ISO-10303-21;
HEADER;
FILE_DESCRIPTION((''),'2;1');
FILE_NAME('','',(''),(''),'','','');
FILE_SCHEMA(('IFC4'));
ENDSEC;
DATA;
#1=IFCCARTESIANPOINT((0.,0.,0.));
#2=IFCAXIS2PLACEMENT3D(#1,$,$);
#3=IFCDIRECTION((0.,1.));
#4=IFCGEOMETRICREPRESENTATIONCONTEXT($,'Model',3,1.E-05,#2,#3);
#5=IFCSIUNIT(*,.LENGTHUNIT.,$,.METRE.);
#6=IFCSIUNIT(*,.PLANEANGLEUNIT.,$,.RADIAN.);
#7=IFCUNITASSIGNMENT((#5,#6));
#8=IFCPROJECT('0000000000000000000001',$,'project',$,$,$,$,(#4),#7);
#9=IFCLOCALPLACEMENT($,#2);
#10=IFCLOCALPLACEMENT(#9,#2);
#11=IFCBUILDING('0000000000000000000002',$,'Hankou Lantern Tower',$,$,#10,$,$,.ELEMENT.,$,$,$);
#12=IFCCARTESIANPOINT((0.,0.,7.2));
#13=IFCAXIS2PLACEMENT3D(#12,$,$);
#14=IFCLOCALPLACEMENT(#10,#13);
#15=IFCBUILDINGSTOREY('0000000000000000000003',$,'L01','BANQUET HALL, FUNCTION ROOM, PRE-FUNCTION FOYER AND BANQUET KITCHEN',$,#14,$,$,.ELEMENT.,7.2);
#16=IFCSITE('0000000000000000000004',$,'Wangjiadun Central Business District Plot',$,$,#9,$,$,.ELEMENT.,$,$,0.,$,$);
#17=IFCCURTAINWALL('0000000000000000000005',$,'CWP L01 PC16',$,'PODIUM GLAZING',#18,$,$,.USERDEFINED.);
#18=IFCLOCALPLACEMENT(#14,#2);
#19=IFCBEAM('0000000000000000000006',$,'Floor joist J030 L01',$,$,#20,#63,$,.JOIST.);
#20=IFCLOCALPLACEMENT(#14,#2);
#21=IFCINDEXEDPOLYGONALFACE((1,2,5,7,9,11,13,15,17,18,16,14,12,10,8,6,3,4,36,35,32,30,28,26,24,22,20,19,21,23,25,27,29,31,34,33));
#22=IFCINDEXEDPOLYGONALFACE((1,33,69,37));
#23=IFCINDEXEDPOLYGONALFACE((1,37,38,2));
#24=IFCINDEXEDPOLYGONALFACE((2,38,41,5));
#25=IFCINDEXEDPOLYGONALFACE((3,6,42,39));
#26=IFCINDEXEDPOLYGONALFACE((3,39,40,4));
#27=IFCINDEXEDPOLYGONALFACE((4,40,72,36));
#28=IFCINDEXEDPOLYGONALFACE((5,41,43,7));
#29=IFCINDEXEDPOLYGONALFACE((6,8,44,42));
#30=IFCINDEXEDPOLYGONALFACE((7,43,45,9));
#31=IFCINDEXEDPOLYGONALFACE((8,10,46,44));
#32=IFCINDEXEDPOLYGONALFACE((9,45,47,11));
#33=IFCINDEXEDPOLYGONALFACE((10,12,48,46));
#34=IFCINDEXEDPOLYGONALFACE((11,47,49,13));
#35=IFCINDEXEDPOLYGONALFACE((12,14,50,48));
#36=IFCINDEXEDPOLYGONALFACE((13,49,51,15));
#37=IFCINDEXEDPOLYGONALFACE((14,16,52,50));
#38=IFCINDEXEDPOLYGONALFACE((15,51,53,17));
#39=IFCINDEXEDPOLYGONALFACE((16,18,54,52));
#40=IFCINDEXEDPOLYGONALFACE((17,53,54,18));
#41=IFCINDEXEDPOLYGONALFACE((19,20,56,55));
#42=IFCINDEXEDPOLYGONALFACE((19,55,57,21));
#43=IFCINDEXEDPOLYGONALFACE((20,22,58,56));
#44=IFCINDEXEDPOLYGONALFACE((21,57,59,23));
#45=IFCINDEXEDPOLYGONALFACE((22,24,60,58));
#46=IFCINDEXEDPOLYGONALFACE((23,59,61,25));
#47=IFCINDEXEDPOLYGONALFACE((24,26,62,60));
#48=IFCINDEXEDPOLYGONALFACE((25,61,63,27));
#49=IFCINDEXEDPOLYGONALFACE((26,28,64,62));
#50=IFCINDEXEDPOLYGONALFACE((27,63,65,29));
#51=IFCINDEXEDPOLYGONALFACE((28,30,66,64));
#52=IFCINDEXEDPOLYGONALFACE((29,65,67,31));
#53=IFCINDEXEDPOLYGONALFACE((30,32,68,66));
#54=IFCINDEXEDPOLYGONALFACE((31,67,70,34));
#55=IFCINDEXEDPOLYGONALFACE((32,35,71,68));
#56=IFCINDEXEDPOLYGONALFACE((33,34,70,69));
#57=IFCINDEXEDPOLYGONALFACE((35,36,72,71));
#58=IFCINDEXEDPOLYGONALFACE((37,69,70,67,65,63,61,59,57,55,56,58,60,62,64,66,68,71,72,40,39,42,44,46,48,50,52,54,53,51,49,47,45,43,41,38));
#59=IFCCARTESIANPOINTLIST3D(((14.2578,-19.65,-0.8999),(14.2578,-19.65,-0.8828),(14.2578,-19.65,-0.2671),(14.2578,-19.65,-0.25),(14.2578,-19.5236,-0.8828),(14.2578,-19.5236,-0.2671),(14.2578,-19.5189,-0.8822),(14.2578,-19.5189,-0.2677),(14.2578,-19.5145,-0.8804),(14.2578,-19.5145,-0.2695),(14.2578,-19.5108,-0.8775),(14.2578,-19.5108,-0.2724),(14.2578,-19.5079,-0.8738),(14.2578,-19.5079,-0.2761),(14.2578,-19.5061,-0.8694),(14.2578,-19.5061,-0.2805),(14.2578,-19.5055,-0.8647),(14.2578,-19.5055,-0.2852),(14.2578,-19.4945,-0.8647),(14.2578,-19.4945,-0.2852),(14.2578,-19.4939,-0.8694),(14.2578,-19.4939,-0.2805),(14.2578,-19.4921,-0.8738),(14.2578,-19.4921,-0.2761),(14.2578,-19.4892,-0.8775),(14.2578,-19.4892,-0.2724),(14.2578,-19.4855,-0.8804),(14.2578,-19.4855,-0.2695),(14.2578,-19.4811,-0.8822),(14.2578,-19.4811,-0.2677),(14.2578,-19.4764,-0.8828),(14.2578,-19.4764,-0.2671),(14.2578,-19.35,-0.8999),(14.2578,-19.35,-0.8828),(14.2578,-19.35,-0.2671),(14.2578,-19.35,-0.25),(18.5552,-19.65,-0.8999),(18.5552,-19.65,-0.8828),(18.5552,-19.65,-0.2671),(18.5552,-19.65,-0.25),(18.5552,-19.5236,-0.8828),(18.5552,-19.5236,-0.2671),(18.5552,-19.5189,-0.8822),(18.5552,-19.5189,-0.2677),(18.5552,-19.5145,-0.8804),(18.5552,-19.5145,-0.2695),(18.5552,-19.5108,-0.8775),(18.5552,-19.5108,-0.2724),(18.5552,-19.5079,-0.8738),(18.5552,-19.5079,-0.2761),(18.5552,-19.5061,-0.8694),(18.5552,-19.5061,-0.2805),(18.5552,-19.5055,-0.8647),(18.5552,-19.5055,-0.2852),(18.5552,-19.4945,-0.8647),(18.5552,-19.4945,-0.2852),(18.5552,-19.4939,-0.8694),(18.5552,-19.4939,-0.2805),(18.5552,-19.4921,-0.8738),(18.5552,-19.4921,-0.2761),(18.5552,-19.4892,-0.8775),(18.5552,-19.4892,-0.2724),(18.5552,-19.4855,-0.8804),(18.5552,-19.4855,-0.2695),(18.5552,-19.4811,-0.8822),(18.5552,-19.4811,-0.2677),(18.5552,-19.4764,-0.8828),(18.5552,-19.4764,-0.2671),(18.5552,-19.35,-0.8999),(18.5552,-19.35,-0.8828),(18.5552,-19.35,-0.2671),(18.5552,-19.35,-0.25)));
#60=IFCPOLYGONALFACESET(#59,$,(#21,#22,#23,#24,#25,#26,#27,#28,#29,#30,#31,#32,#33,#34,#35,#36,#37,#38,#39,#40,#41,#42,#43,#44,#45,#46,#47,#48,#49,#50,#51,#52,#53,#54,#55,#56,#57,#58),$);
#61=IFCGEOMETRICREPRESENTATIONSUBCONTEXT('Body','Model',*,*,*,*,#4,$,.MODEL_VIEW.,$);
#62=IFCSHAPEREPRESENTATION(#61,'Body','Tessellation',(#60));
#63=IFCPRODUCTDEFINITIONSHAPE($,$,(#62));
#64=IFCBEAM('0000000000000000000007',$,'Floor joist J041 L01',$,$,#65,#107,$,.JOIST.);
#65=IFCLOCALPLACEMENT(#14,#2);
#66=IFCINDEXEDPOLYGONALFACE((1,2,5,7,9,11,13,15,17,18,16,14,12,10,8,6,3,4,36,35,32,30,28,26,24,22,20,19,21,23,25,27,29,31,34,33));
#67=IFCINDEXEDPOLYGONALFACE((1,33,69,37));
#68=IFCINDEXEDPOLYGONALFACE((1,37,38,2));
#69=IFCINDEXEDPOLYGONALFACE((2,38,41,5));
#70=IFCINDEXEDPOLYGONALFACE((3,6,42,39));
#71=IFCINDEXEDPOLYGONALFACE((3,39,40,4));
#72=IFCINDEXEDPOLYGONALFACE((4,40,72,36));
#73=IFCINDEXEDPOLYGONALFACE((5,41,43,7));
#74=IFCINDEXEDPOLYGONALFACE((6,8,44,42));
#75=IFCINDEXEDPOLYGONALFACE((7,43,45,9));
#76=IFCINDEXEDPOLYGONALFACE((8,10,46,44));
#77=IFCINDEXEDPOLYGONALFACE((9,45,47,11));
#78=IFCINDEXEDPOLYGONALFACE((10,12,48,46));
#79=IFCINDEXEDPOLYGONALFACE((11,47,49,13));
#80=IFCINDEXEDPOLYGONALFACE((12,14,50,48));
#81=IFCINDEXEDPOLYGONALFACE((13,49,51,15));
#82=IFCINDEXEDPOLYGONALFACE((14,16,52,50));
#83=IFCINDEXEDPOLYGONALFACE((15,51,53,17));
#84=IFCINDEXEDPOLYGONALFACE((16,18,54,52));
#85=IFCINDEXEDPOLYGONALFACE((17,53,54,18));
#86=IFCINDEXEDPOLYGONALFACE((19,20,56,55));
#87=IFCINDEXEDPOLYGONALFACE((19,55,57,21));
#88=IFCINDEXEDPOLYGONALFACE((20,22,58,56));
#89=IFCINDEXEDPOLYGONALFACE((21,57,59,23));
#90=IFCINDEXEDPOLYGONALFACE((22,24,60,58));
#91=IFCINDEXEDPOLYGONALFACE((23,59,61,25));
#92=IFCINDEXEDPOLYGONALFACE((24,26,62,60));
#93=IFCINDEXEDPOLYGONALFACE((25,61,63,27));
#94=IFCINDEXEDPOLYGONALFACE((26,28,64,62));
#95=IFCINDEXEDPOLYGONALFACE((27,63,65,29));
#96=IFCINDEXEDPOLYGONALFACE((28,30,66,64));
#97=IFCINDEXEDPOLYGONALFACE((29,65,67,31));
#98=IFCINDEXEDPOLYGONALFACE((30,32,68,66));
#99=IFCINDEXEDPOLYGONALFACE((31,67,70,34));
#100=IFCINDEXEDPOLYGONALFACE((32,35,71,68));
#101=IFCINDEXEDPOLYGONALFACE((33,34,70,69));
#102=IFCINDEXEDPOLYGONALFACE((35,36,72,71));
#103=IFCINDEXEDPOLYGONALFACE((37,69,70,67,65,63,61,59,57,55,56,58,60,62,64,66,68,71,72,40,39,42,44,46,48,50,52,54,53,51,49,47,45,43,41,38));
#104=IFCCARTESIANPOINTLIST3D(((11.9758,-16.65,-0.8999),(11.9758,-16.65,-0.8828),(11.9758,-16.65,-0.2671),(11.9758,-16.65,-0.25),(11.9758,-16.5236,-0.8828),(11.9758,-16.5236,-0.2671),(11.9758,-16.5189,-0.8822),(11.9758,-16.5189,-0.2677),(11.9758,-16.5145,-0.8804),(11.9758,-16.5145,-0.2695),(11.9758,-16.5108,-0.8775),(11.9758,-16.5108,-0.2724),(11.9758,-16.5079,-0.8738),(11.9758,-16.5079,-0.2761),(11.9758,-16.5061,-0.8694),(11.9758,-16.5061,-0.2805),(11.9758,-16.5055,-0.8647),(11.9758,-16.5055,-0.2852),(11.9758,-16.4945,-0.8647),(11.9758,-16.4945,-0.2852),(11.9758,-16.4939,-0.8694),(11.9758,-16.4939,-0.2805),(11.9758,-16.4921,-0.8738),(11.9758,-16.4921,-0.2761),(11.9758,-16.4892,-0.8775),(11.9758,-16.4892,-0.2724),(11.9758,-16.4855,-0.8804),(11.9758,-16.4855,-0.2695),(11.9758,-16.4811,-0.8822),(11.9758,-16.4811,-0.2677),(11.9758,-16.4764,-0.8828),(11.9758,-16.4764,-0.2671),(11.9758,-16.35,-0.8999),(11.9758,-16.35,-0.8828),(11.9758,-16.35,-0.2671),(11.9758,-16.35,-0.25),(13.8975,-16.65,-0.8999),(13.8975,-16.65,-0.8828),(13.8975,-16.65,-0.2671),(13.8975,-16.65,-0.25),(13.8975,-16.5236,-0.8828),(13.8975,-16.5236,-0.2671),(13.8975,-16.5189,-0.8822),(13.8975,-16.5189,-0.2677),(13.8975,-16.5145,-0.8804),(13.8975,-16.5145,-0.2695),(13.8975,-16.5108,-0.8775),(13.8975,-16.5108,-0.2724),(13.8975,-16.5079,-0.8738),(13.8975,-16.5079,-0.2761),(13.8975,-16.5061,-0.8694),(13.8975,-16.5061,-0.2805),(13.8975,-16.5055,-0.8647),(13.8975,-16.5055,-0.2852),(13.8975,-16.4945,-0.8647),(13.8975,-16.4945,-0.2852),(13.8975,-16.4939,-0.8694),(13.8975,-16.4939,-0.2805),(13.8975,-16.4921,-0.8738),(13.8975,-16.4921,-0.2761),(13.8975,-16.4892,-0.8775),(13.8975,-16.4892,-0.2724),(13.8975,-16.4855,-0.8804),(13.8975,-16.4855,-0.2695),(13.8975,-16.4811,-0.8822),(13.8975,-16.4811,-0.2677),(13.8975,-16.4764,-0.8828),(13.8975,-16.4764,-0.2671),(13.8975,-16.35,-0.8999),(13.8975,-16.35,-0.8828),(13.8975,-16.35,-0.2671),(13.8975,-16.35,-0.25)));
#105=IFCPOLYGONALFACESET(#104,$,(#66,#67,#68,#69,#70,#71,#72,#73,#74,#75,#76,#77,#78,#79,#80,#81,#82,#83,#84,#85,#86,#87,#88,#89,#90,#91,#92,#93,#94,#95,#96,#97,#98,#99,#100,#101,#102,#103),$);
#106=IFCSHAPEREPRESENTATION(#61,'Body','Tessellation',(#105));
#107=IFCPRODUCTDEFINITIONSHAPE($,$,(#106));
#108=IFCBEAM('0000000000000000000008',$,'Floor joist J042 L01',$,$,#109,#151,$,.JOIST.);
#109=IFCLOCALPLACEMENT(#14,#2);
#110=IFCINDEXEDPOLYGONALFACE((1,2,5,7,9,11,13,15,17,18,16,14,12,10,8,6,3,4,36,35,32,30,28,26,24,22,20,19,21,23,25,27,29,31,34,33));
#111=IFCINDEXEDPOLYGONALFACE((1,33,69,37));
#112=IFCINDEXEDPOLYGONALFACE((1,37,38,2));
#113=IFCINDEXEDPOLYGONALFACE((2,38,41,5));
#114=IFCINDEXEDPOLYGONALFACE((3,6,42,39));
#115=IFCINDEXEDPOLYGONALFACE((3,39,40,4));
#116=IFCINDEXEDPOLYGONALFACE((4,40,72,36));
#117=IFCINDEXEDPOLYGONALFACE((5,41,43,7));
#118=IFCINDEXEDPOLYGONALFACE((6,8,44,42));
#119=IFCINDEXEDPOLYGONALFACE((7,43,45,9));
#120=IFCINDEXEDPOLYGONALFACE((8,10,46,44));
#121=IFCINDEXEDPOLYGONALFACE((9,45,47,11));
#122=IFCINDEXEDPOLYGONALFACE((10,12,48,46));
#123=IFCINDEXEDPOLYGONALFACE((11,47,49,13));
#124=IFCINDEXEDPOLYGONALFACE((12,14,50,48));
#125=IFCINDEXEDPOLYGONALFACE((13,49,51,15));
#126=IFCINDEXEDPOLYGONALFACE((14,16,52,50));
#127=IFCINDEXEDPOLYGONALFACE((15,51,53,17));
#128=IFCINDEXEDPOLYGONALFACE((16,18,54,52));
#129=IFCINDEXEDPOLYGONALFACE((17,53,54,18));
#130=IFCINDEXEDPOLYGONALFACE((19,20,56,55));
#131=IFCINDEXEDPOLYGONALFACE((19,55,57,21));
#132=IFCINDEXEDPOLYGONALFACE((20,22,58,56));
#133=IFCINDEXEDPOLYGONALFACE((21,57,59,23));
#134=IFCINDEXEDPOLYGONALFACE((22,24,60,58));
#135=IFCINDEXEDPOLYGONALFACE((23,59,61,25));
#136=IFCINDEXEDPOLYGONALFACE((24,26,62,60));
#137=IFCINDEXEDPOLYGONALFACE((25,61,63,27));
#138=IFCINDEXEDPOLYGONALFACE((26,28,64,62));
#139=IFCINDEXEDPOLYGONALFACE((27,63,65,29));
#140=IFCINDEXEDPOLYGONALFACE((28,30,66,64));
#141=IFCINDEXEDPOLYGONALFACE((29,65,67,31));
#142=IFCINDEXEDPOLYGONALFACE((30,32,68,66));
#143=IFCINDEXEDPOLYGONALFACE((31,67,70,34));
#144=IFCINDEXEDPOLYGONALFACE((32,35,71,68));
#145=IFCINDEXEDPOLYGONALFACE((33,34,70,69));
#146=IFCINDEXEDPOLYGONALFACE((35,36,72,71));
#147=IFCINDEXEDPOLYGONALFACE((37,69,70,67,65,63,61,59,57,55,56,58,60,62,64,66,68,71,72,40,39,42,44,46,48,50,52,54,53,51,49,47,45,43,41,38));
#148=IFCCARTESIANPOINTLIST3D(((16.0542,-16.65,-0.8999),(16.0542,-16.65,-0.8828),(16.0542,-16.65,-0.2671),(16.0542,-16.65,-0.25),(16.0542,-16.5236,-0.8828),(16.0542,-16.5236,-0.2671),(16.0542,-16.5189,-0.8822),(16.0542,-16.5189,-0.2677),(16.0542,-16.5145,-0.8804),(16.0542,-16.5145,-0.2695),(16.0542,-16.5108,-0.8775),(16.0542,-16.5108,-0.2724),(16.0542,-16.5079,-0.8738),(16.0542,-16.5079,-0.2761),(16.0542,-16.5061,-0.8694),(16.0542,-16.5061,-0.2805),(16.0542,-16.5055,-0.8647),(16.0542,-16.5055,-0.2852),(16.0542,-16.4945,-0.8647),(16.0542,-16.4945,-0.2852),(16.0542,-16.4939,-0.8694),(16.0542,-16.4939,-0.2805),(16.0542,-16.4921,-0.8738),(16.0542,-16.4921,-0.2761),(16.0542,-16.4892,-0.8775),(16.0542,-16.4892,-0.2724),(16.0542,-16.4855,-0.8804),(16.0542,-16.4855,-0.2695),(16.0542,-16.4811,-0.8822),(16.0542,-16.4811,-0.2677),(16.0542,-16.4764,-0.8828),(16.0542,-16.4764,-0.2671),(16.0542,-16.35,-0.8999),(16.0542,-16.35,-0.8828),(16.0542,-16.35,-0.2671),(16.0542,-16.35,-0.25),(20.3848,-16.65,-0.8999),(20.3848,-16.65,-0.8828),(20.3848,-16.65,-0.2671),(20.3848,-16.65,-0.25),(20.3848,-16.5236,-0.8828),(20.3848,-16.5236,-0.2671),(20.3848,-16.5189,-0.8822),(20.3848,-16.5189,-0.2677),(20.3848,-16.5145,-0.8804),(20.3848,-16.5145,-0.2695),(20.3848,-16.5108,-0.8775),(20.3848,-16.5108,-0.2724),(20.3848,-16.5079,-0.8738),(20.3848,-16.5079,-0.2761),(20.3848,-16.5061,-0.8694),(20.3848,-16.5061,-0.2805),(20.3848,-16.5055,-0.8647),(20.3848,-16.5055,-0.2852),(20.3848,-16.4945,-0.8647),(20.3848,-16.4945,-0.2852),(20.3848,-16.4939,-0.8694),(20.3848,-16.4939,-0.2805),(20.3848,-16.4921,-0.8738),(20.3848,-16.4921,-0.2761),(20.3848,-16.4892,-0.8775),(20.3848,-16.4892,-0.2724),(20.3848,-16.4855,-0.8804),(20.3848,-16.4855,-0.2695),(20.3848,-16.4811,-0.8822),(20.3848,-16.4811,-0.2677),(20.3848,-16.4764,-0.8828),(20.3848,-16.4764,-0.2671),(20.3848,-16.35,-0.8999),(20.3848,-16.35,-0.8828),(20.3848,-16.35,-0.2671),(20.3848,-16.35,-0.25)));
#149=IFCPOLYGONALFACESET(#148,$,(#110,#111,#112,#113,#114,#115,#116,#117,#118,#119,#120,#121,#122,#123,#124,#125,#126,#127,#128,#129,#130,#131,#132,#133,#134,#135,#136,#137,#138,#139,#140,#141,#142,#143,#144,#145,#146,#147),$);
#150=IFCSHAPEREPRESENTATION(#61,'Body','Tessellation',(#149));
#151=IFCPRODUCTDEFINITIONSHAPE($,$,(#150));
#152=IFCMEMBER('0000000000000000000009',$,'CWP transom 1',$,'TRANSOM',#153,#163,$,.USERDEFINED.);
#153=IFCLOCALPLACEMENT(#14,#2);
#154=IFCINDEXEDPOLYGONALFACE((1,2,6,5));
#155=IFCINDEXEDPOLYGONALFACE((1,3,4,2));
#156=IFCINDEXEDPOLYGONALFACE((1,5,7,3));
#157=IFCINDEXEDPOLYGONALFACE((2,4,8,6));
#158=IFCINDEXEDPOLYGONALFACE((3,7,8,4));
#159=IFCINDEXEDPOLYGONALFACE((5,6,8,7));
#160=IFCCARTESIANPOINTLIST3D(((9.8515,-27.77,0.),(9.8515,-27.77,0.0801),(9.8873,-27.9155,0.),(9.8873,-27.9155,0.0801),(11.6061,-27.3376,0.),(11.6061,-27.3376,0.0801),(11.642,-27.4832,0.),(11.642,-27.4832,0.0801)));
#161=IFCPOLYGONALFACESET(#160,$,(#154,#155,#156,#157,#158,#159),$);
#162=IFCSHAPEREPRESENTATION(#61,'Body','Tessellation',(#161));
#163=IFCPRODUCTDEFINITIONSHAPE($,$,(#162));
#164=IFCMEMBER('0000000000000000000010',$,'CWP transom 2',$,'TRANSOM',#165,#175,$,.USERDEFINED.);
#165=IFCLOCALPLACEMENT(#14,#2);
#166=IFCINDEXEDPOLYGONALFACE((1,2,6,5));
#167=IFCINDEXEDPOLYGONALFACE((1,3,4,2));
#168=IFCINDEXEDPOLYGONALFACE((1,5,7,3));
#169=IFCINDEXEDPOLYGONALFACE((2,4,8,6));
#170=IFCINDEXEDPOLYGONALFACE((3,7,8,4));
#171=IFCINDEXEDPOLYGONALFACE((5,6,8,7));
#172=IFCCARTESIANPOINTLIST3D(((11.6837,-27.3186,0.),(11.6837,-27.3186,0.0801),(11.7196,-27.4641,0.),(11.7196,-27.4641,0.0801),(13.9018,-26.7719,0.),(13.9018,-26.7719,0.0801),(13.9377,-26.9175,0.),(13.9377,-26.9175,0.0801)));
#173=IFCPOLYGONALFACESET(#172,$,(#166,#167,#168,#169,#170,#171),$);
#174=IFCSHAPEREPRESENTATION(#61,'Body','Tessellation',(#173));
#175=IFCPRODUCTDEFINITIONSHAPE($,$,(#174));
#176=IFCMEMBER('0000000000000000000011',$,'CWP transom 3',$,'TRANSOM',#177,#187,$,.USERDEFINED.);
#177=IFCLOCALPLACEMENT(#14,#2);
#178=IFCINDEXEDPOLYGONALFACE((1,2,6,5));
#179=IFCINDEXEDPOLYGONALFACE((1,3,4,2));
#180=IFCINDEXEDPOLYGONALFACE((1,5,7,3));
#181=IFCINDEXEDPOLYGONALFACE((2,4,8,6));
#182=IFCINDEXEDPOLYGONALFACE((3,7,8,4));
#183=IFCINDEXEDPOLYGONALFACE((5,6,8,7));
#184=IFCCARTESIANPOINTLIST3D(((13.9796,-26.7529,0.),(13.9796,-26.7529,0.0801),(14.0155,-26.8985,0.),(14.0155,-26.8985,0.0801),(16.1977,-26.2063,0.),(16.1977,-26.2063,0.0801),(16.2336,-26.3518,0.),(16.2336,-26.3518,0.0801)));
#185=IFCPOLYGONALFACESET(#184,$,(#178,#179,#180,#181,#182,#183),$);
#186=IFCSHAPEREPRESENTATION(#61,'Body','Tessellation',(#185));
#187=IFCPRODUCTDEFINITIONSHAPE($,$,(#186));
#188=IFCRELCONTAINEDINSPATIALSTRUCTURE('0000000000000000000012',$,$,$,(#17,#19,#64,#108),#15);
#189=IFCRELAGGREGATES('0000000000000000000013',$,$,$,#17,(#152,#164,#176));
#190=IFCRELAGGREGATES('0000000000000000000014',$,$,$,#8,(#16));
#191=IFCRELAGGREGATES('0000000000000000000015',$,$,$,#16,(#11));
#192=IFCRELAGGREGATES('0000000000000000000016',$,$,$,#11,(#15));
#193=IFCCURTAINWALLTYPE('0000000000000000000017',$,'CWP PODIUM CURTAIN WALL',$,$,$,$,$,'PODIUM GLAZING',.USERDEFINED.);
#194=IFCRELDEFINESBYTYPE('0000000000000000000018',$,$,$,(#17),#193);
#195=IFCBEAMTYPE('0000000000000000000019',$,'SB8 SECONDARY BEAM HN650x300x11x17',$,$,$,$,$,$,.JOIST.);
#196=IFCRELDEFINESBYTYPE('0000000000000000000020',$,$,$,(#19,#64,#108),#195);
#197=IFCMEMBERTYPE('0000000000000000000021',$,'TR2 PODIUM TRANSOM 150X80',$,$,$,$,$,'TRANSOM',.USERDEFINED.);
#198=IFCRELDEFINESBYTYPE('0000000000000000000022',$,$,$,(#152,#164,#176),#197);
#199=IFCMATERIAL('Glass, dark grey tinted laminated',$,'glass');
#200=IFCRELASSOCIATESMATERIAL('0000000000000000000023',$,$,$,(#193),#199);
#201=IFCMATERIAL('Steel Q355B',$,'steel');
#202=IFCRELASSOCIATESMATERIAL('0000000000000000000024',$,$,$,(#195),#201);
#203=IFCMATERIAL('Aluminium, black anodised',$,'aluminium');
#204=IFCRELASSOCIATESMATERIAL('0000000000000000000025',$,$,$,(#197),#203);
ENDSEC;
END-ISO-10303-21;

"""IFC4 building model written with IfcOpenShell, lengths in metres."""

from ifc_helpers import new_model, si_unit, direction, frame, origin, origin_2d, place, context, subcontext, project, spatial, rectangle, i_section, extrude, material, material_profile, profile_set, type_object, element, aggregate, save


model = new_model("IFC4")

# Units and contexts
model_context = context("Model", 3, precision=1e-05, world=origin(), true_north=direction((0.0, 1.0)))
body_context = subcontext(model_context, "Body", "Model", "MODEL_VIEW")
ifc_project = project(units=[si_unit("LENGTHUNIT", "METRE"), si_unit("PLANEANGLEUNIT", "RADIAN")], contexts=[model_context])

# Site, building, storey
site_placement = place(None, origin())
site = spatial("IfcSite", under=ifc_project, at=site_placement, Name="Wangjiadun Central Business District Plot", CompositionType="ELEMENT", RefElevation=0.0)
building_placement = place(site_placement, origin())
building = spatial("IfcBuilding", under=site, at=building_placement, Name="Hankou Lantern Tower", CompositionType="ELEMENT")
storey_placement = place(building_placement, frame((0.0, 0.0, 7.2)))
storey = spatial("IfcBuildingStorey", under=building, at=storey_placement, Name="L01", Description="BANQUET HALL, FUNCTION ROOM, PRE-FUNCTION FOYER AND BANQUET KITCHEN", CompositionType="ELEMENT", Elevation=7.2)

# Shared definitions
ifc_material_1 = material(Name="Glass, dark grey tinted laminated", Category="glass")
curtain_wall_type = type_object("IfcCurtainWallType", Name="CWP PODIUM CURTAIN WALL", ElementType="PODIUM GLAZING", PredefinedType="USERDEFINED", material=ifc_material_1)

# Curtain wall
curtain_wall_1_placement = place(storey_placement, origin())
curtain_wall_1 = element("IfcCurtainWall", 1, at=curtain_wall_1_placement, inside=storey, type_object=curtain_wall_type, Name="CWP L01 PC16", ObjectType="PODIUM GLAZING", PredefinedType="USERDEFINED")

# Beams
ifc_material_2 = material(Name="Steel Q355B", Category="steel")
ifc_material_profile_1 = material_profile(ifc_material_2, i_section(OverallWidth=0.3, OverallDepth=0.6499, WebThickness=0.011, FlangeThickness=0.0171, FilletRadius=0.0181, at=origin_2d()), Name="HN650x300x11x17")
ifc_profile_set_1 = profile_set([ifc_material_profile_1], Name="Steel Q355B")
beam_type_1 = type_object("IfcBeamType", Name="SB8 SECONDARY BEAM HN650x300x11x17", PredefinedType="JOIST", material=ifc_profile_set_1)
beam_1_placement = place(storey_placement, frame((14.2578, -19.5, -0.575), z_axis=(1.0, 0.0, 0.0), x_axis=(0.0, 1.0, 0.0)))
element("IfcBeam", 2, at=beam_1_placement, inside=storey, type_object=beam_type_1, Name="Floor joist J030 L01", PredefinedType="JOIST", context=body_context, shape_type="SweptSolid", body=[
    extrude(i_section(OverallWidth=0.3, OverallDepth=0.6499, WebThickness=0.011, FlangeThickness=0.0171, FilletRadius=0.0181, at=origin_2d()), origin(), (0.0, 0.0, 1.0), 4.2974),
])
beam_2_placement = place(storey_placement, frame((11.9758, -16.5, -0.575), z_axis=(1.0, 0.0, 0.0), x_axis=(0.0, 1.0, 0.0)))
element("IfcBeam", 3, at=beam_2_placement, inside=storey, type_object=beam_type_1, Name="Floor joist J041 L01", PredefinedType="JOIST", context=body_context, shape_type="SweptSolid", body=[
    extrude(i_section(OverallWidth=0.3, OverallDepth=0.6499, WebThickness=0.011, FlangeThickness=0.0171, FilletRadius=0.0181, at=origin_2d()), origin(), (0.0, 0.0, 1.0), 1.9216),
])
beam_3_placement = place(storey_placement, frame((16.0542, -16.5, -0.575), z_axis=(1.0, 0.0, 0.0), x_axis=(0.0, 1.0, 0.0)))
element("IfcBeam", 4, at=beam_3_placement, inside=storey, type_object=beam_type_1, Name="Floor joist J042 L01", PredefinedType="JOIST", context=body_context, shape_type="SweptSolid", body=[
    extrude(i_section(OverallWidth=0.3, OverallDepth=0.6499, WebThickness=0.011, FlangeThickness=0.0171, FilletRadius=0.0181, at=origin_2d()), origin(), (0.0, 0.0, 1.0), 4.3306),
])

# Members
ifc_material_3 = material(Name="Aluminium, black anodised", Category="aluminium")
ifc_material_profile_2 = material_profile(ifc_material_3, rectangle(XDim=0.1499, YDim=0.0801, at=origin_2d()), Name="TR2 150X80")
ifc_profile_set_2 = profile_set([ifc_material_profile_2], Name="Aluminium, black anodised")
member_type_1 = type_object("IfcMemberType", Name="TR2 PODIUM TRANSOM 150X80", ElementType="TRANSOM", PredefinedType="USERDEFINED", material=ifc_profile_set_2)
member_1_placement = place(storey_placement, frame((9.8694, -27.8428, 0.04), z_axis=(0.970956, 0.23926, 0.0), x_axis=(-0.23926, 0.970956, 0.0)))
member_1 = element("IfcMember", 5, at=member_1_placement, type_object=member_type_1, Name="CWP transom 1", ObjectType="TRANSOM", PredefinedType="USERDEFINED", context=body_context, shape_type="SweptSolid", body=[
    extrude(rectangle(XDim=0.1499, YDim=0.0801, at=origin_2d()), origin(), (0.0, 0.0, 1.0), 1.8071),
])
member_2_placement = place(storey_placement, frame((11.7017, -27.3914, 0.04), z_axis=(0.970948, 0.23929, 0.0), x_axis=(-0.23929, 0.970948, 0.0)))
member_2 = element("IfcMember", 6, at=member_2_placement, type_object=member_type_1, Name="CWP transom 2", ObjectType="TRANSOM", PredefinedType="USERDEFINED", context=body_context, shape_type="SweptSolid", body=[
    extrude(rectangle(XDim=0.1499, YDim=0.0801, at=origin_2d()), origin(), (0.0, 0.0, 1.0), 2.2844),
])
member_3_placement = place(storey_placement, frame((13.9976, -26.8257, 0.04), z_axis=(0.970948, 0.23929, 0.0), x_axis=(-0.23929, 0.970948, 0.0)))
member_3 = element("IfcMember", 7, at=member_3_placement, type_object=member_type_1, Name="CWP transom 3", ObjectType="TRANSOM", PredefinedType="USERDEFINED", context=body_context, shape_type="SweptSolid", body=[
    extrude(rectangle(XDim=0.1499, YDim=0.0801, at=origin_2d()), origin(), (0.0, 0.0, 1.0), 2.2844),
])

aggregate(curtain_wall_1, [member_1, member_2, member_3])

save(model, "model.ifc")
